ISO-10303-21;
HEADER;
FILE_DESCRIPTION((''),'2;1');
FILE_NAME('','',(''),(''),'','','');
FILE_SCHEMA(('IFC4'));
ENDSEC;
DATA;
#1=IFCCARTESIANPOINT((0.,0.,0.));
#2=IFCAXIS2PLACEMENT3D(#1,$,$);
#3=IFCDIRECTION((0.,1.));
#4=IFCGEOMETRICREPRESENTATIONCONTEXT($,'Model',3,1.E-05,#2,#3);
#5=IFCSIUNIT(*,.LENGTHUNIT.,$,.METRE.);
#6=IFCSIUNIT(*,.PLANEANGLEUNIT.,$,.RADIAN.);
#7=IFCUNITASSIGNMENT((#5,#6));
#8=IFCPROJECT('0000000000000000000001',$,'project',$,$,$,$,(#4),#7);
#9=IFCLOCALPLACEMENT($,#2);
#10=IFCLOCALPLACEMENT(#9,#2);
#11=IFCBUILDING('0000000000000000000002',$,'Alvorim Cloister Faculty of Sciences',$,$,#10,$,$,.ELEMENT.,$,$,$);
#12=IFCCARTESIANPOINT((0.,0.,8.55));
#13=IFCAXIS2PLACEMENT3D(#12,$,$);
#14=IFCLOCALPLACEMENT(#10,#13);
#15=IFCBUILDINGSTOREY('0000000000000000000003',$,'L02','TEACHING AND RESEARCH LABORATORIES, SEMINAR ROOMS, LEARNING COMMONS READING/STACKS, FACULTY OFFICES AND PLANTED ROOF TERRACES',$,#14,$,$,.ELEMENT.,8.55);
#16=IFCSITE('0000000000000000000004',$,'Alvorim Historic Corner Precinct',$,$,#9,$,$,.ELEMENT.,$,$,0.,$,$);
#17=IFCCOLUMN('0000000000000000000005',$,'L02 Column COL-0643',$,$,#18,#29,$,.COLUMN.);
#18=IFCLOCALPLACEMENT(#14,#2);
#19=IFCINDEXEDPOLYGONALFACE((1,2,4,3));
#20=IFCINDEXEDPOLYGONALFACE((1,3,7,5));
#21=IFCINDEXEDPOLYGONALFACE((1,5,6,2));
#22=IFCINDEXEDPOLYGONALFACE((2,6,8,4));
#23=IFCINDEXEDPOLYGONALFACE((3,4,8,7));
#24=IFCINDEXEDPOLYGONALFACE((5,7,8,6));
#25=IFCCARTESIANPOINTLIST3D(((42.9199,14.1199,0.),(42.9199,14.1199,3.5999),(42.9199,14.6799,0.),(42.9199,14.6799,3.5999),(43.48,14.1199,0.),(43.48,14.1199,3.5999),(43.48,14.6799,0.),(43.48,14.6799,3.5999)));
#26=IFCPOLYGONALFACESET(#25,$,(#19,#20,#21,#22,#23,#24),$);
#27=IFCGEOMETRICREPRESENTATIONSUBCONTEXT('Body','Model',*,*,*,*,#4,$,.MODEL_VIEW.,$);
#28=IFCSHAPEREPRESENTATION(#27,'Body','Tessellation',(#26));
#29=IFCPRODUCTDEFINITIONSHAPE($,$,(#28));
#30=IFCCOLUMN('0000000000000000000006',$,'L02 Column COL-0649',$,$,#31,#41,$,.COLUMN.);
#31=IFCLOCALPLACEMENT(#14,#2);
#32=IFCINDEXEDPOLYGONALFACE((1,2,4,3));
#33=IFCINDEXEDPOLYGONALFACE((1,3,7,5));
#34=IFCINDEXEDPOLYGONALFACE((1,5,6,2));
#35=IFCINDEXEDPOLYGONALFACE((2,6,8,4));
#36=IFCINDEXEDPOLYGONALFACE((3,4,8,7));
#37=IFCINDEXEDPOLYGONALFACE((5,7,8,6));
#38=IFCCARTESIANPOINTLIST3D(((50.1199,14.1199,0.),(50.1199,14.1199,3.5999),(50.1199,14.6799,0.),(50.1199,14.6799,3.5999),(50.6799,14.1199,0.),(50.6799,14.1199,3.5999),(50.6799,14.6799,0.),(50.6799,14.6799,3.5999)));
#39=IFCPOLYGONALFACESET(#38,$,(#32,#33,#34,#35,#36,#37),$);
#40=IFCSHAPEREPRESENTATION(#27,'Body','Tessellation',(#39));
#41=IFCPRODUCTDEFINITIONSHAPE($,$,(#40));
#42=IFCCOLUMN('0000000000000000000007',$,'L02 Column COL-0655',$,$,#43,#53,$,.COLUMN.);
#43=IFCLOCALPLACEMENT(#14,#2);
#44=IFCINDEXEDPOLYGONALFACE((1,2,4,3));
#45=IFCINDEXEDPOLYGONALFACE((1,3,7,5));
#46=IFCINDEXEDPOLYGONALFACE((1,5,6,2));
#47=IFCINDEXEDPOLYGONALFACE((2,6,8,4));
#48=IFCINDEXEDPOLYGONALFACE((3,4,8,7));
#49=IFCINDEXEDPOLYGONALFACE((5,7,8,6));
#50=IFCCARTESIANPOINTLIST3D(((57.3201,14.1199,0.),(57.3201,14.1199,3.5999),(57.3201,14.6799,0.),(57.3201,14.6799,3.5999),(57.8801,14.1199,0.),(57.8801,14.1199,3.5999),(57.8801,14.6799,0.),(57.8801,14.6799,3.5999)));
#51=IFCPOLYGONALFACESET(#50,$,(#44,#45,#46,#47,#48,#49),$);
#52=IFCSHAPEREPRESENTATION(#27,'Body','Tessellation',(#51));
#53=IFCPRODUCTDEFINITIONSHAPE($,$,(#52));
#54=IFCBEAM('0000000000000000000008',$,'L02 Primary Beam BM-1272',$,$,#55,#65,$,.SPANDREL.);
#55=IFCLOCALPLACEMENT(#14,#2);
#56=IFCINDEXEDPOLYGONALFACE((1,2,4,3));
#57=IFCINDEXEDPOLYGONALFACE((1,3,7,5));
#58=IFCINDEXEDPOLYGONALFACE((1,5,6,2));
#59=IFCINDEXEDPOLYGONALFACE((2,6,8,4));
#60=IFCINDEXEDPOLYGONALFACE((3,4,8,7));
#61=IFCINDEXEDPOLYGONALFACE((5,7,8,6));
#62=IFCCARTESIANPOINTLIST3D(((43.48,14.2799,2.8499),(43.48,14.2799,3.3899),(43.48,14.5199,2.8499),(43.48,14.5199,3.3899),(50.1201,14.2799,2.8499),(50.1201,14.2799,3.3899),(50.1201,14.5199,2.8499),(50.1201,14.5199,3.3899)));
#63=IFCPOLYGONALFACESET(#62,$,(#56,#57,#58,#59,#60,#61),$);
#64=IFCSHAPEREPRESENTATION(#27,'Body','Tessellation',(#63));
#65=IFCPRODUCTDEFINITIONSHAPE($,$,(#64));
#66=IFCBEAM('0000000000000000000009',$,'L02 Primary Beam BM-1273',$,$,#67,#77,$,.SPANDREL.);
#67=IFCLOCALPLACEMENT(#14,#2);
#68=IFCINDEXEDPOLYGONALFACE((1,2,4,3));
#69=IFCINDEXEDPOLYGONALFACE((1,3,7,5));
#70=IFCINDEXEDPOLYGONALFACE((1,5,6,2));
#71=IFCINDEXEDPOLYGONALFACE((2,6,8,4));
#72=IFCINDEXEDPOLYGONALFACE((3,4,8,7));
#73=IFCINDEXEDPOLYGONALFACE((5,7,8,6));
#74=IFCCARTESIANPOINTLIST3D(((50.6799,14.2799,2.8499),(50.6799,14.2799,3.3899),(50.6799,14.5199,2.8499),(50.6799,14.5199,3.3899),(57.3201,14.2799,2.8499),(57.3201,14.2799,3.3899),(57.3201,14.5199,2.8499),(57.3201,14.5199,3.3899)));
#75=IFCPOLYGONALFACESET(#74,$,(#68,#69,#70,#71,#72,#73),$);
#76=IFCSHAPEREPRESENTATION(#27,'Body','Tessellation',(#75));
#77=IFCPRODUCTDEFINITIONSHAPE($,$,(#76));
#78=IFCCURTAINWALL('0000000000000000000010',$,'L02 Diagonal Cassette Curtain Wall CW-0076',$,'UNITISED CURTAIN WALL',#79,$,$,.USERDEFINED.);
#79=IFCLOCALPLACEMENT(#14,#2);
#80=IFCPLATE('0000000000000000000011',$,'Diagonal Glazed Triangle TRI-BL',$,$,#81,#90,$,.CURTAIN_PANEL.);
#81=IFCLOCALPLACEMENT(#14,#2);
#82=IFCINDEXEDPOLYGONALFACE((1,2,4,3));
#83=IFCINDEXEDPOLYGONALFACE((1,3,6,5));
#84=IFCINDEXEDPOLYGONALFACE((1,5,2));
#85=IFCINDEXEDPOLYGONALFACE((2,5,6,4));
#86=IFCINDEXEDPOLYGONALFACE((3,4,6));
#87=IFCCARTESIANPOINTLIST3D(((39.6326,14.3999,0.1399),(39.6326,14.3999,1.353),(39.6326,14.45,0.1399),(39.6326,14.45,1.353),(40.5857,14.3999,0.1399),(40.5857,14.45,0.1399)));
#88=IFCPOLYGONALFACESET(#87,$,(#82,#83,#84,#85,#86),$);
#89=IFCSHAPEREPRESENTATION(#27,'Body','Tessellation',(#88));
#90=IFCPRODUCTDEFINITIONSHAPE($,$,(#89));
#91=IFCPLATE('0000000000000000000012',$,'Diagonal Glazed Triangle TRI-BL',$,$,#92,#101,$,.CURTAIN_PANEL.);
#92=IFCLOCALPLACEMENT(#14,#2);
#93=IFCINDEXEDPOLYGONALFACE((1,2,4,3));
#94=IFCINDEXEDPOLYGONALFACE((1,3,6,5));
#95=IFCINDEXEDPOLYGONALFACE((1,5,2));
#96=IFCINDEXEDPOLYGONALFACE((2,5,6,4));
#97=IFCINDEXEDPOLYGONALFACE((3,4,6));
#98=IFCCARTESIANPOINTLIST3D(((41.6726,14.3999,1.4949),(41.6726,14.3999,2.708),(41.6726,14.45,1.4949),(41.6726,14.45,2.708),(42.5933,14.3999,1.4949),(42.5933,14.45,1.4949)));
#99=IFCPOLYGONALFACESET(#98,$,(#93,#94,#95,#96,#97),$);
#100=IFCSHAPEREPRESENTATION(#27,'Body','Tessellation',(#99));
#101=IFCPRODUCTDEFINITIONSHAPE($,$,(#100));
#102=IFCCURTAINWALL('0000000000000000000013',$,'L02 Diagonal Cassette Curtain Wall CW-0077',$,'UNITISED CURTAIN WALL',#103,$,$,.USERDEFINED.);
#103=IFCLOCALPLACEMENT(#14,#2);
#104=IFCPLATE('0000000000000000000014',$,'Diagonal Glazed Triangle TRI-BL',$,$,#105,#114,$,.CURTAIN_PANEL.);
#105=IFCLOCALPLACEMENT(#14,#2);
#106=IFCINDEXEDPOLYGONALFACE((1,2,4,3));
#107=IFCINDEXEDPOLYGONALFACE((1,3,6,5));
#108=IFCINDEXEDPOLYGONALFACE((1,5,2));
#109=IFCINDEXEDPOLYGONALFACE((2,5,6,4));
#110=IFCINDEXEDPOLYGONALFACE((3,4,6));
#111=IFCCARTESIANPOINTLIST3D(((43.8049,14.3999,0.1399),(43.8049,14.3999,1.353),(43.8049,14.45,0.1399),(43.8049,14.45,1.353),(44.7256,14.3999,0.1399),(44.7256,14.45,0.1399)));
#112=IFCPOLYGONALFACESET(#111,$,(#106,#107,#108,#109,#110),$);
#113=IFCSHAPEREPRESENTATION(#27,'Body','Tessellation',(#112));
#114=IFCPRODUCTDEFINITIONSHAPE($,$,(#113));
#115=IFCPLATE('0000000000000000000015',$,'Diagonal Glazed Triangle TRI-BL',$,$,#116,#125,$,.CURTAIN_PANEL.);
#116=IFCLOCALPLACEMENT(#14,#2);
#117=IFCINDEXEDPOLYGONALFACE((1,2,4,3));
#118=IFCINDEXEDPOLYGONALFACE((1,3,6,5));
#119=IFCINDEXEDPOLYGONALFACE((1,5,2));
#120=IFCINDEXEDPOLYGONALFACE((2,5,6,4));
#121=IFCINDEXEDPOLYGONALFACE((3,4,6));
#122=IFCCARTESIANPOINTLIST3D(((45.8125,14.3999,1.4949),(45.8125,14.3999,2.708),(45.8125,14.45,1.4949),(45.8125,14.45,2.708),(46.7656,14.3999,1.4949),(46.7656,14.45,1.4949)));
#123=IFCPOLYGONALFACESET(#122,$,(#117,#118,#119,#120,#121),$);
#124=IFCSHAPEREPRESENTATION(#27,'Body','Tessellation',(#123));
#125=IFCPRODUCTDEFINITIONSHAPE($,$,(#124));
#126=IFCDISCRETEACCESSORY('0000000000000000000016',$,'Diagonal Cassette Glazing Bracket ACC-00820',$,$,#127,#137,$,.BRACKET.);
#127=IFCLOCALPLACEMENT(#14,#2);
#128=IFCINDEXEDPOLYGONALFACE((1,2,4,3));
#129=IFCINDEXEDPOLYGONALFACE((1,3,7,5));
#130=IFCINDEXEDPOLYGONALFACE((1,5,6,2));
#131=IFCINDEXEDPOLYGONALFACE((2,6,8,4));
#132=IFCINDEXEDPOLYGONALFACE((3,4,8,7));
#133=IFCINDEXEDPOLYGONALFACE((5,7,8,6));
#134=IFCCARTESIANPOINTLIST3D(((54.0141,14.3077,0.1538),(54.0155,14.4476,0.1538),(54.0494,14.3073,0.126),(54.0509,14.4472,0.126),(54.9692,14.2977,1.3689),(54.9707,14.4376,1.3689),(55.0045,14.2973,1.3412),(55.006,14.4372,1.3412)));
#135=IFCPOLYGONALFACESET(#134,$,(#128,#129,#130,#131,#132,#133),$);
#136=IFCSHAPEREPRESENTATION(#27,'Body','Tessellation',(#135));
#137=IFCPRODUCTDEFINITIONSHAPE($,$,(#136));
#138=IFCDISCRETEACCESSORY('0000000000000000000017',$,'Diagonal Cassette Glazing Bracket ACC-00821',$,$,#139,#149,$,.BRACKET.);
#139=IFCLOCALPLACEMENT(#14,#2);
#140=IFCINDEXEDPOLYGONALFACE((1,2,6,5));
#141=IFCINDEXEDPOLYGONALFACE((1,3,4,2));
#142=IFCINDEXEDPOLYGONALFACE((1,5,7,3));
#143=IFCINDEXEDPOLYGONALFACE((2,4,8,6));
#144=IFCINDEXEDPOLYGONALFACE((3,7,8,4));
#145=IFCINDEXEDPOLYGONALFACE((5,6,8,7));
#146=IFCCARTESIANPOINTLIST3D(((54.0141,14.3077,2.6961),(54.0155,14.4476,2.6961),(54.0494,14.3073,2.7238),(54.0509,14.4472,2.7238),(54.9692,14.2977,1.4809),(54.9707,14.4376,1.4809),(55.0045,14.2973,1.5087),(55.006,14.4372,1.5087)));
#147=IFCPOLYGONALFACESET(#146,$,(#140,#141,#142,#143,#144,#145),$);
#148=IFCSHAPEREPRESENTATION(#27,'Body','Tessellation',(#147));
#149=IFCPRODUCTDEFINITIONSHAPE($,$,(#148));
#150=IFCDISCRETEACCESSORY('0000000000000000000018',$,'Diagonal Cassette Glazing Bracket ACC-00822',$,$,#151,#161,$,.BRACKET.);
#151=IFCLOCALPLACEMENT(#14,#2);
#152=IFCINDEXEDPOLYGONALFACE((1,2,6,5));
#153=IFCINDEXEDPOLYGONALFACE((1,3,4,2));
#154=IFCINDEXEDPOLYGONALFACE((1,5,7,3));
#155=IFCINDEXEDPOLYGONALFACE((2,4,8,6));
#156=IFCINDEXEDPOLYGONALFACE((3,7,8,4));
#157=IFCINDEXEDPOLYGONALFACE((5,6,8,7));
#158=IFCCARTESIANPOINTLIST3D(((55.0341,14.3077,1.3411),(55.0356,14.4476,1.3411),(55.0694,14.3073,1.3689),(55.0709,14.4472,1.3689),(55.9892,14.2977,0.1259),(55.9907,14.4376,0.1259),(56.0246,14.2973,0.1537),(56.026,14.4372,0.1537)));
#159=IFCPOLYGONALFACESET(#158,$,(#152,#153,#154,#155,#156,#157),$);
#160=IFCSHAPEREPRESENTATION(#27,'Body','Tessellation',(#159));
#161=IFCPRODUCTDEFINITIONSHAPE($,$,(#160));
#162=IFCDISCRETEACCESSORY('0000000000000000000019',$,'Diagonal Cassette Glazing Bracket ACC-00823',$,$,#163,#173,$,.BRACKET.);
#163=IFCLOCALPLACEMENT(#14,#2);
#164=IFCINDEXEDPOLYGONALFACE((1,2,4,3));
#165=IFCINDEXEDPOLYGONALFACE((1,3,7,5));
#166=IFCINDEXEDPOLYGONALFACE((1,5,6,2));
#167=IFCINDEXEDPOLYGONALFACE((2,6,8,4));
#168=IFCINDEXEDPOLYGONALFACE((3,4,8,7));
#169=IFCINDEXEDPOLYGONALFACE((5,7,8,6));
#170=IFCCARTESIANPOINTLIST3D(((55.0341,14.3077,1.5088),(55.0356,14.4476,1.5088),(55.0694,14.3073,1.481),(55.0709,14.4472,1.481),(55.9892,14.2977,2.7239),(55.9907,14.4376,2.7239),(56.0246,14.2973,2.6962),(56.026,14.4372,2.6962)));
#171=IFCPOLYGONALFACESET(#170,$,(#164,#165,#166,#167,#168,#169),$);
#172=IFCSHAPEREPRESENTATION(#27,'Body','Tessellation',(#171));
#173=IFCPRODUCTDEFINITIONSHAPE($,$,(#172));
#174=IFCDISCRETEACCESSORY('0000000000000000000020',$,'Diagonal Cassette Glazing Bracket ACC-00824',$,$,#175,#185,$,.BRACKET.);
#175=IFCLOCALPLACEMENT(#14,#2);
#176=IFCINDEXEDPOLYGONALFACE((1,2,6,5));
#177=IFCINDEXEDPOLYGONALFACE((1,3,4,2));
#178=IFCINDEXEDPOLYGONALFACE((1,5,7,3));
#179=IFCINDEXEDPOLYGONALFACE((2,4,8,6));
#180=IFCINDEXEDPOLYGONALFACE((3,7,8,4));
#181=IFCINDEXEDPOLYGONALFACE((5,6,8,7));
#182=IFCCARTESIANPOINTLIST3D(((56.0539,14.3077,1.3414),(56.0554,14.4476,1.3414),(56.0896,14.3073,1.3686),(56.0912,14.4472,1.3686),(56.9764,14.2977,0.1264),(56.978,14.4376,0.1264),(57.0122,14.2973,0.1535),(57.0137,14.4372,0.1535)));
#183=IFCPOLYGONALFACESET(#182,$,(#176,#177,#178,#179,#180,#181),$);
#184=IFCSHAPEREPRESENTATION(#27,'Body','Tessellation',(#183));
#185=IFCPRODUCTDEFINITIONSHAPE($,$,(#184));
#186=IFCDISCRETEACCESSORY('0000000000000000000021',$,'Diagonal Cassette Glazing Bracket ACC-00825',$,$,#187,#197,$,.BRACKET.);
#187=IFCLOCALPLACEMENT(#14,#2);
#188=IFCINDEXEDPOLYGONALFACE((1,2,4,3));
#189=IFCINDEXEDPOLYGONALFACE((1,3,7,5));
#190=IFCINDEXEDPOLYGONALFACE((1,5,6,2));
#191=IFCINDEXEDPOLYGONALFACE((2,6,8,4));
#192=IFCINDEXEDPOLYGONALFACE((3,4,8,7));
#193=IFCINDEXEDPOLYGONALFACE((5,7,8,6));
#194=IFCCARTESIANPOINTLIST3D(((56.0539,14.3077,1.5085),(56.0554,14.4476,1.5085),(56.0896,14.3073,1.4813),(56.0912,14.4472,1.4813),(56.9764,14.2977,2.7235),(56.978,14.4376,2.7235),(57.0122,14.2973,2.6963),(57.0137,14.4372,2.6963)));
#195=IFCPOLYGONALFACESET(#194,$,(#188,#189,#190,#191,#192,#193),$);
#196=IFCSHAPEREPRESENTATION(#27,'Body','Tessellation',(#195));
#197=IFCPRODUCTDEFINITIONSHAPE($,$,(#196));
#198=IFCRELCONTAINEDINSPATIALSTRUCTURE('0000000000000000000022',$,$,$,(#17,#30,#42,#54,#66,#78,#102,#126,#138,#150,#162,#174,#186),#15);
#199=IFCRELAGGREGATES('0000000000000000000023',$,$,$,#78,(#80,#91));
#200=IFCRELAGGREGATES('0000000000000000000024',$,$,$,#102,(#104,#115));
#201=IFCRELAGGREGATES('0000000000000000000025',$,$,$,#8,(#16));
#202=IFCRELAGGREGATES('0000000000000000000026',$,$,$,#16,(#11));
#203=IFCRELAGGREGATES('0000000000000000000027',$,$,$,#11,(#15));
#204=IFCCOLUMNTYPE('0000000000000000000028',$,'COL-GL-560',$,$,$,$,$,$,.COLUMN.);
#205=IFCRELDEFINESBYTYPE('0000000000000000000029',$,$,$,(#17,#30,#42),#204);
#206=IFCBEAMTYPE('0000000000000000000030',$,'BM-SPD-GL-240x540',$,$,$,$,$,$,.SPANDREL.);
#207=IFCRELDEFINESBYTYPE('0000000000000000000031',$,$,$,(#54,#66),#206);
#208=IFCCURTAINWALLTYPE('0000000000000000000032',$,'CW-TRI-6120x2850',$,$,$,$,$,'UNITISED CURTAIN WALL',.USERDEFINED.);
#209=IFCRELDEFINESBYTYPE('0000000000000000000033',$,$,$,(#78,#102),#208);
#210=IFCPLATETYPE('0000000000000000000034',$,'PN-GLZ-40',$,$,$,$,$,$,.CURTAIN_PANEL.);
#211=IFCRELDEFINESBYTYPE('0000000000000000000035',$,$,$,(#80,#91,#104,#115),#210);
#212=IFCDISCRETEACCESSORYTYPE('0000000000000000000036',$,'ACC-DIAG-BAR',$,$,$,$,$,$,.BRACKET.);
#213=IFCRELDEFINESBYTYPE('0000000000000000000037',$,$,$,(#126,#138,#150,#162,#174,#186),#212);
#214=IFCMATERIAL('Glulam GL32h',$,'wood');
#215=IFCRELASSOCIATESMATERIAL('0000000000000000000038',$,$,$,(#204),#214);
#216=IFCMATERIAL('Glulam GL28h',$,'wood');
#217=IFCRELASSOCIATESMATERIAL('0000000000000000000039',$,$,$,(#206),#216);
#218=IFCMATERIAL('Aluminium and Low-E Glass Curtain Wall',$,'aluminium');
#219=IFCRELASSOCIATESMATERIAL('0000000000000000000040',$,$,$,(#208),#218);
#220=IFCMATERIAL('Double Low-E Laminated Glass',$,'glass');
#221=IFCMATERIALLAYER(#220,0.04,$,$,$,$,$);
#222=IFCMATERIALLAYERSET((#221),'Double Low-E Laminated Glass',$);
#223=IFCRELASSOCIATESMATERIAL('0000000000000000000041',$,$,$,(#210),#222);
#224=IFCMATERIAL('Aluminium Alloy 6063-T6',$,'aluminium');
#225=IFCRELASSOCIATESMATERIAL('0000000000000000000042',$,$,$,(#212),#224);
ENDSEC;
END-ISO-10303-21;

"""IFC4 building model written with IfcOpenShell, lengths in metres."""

from ifc_helpers import new_model, si_unit, direction, frame, origin, origin_2d, place, context, subcontext, project, spatial, polyline, rectangle, outline, extrude, material, layer, layer_set, material_profile, profile_set, type_object, element, aggregate, save


model = new_model("IFC4")

# Units and contexts
model_context = context("Model", 3, precision=1e-05, world=origin(), true_north=direction((0.0, 1.0)))
body_context = subcontext(model_context, "Body", "Model", "MODEL_VIEW")
ifc_project = project(units=[si_unit("LENGTHUNIT", "METRE"), si_unit("PLANEANGLEUNIT", "RADIAN")], contexts=[model_context])

# Site, building, storey
site_placement = place(None, origin())
site = spatial("IfcSite", under=ifc_project, at=site_placement, Name="Alvorim Historic Corner Precinct", CompositionType="ELEMENT", RefElevation=0.0)
building_placement = place(site_placement, origin())
building = spatial("IfcBuilding", under=site, at=building_placement, Name="Alvorim Cloister Faculty of Sciences", CompositionType="ELEMENT")
storey_placement = place(building_placement, frame((0.0, 0.0, 8.55)))
storey = spatial("IfcBuildingStorey", under=building, at=storey_placement, Name="L02", Description="TEACHING AND RESEARCH LABORATORIES, SEMINAR ROOMS, LEARNING COMMONS READING/STACKS, FACULTY OFFICES AND PLANTED ROOF TERRACES", CompositionType="ELEMENT", Elevation=8.55)

# Columns
ifc_material_1 = material(Name="Glulam GL32h", Category="wood")
ifc_material_profile_1 = material_profile(ifc_material_1, rectangle(XDim=0.5601, YDim=0.5601, at=origin_2d()), Name="GL32-COL-560x560")
ifc_profile_set_1 = profile_set([ifc_material_profile_1], Name="Glulam GL32h")
column_type = type_object("IfcColumnType", Name="COL-GL-560", PredefinedType="COLUMN", material=ifc_profile_set_1)
for number, where, z_axis, x_axis, name in (
    (1, (43.2, 14.3999, 0.0), (0.0, 0.0, 1.0), (1.0, 0.0, 0.0), "L02 Column COL-0643"),
    (2, (50.3999, 14.3999, 0.0), (0.0, 0.0, 1.0), (1.0, 0.0, 0.0), "L02 Column COL-0649"),
    (3, (57.6001, 14.3999, 0.0), (0.0, 0.0, 1.0), (1.0, 0.0, 0.0), "L02 Column COL-0655"),
):
    element("IfcColumn", number, at=place(storey_placement, frame(where, z_axis=z_axis, x_axis=x_axis)), inside=storey, type_object=column_type, Name=name, PredefinedType="COLUMN", context=body_context, shape_type="SweptSolid", body=[
        extrude(rectangle(XDim=0.5601, YDim=0.5601, at=origin_2d()), origin(), (0.0, 0.0, 1.0), 3.5999),
    ])

# Beams
ifc_material_2 = material(Name="Glulam GL28h", Category="wood")
ifc_material_profile_2 = material_profile(ifc_material_2, rectangle(XDim=0.24, YDim=0.54, at=origin_2d()), Name="GL28-SPD-240x540")
ifc_profile_set_2 = profile_set([ifc_material_profile_2], Name="Glulam GL28h")
beam_type = type_object("IfcBeamType", Name="BM-SPD-GL-240x540", PredefinedType="SPANDREL", material=ifc_profile_set_2)
for number, where, z_axis, x_axis, name in (
    (4, (43.48, 14.3999, 3.1199), (1.0, 0.0, 0.0), (0.0, 1.0, 0.0), "L02 Primary Beam BM-1272"),
    (5, (50.6799, 14.3999, 3.1199), (1.0, 0.0, 0.0), (0.0, 1.0, 0.0), "L02 Primary Beam BM-1273"),
):
    element("IfcBeam", number, at=place(storey_placement, frame(where, z_axis=z_axis, x_axis=x_axis)), inside=storey, type_object=beam_type, Name=name, PredefinedType="SPANDREL", context=body_context, shape_type="SweptSolid", body=[
        extrude(rectangle(XDim=0.24, YDim=0.54, at=origin_2d()), origin(), (0.0, 0.0, 1.0), 6.6401),
    ])

# Curtain walls, plates
ifc_material_3 = material(Name="Aluminium and Low-E Glass Curtain Wall", Category="aluminium")
curtain_wall_type = type_object("IfcCurtainWallType", Name="CW-TRI-6120x2850", ElementType="UNITISED CURTAIN WALL", PredefinedType="USERDEFINED", material=ifc_material_3)
curtain_wall_1_placement = place(storey_placement, origin())
curtain_wall_1 = element("IfcCurtainWall", 6, at=curtain_wall_1_placement, inside=storey, type_object=curtain_wall_type, Name="L02 Diagonal Cassette Curtain Wall CW-0076", ObjectType="UNITISED CURTAIN WALL", PredefinedType="USERDEFINED")
ifc_material_4 = material(Name="Double Low-E Laminated Glass", Category="glass")
ifc_layer = layer(ifc_material_4, 0.04)
ifc_layer_set = layer_set([ifc_layer], Name="Double Low-E Laminated Glass")
plate_type = type_object("IfcPlateType", Name="PN-GLZ-40", PredefinedType="CURTAIN_PANEL", material=ifc_layer_set)
plate_1_placement = place(storey_placement, frame((39.6326, 14.425, 0.1399), z_axis=(0.0, 0.0, 1.0), x_axis=(1.0, 0.0, 0.0)))
plate_1 = element("IfcPlate", 7, at=plate_1_placement, type_object=plate_type, Name="Diagonal Glazed Triangle TRI-BL", PredefinedType="CURTAIN_PANEL", context=body_context, shape_type="SweptSolid", body=[
    extrude(outline(polyline([(0.0, 0.0), (0.9531, 0.0), (0.0, 1.2131), (0.0, 0.0)])), frame((0.0, 0.0249, 0.0), z_axis=(0.0, -1.0, 0.0), x_axis=(1.0, 0.0, 0.0)), (0.0, 0.0, 1.0), 0.05),
])
plate_2_placement = place(storey_placement, frame((41.6726, 14.425, 1.4949), z_axis=(0.0, 0.0, 1.0), x_axis=(1.0, 0.0, 0.0)))
plate_2 = element("IfcPlate", 8, at=plate_2_placement, type_object=plate_type, Name="Diagonal Glazed Triangle TRI-BL", PredefinedType="CURTAIN_PANEL", context=body_context, shape_type="SweptSolid", body=[
    extrude(outline(polyline([(0.0, 0.0), (0.9207, 0.0), (0.0, 1.2131), (0.0, 0.0)])), frame((0.0, 0.0249, 0.0), z_axis=(0.0, -1.0, 0.0), x_axis=(1.0, 0.0, 0.0)), (0.0, 0.0, 1.0), 0.05),
])
aggregate(curtain_wall_1, [plate_1, plate_2])
curtain_wall_2_placement = place(storey_placement, origin())
curtain_wall_2 = element("IfcCurtainWall", 9, at=curtain_wall_2_placement, inside=storey, type_object=curtain_wall_type, Name="L02 Diagonal Cassette Curtain Wall CW-0077", ObjectType="UNITISED CURTAIN WALL", PredefinedType="USERDEFINED")
plate_3_placement = place(storey_placement, frame((43.8049, 14.425, 0.1399), z_axis=(0.0, 0.0, 1.0), x_axis=(1.0, 0.0, 0.0)))
plate_3 = element("IfcPlate", 10, at=plate_3_placement, type_object=plate_type, Name="Diagonal Glazed Triangle TRI-BL", PredefinedType="CURTAIN_PANEL", context=body_context, shape_type="SweptSolid", body=[
    extrude(outline(polyline([(0.0, 0.0), (0.9207, 0.0), (0.0, 1.2131), (0.0, 0.0)])), frame((0.0, 0.0249, 0.0), z_axis=(0.0, -1.0, 0.0), x_axis=(1.0, 0.0, 0.0)), (0.0, 0.0, 1.0), 0.05),
])
plate_4_placement = place(storey_placement, frame((45.8125, 14.425, 1.4949), z_axis=(0.0, 0.0, 1.0), x_axis=(1.0, 0.0, 0.0)))
plate_4 = element("IfcPlate", 11, at=plate_4_placement, type_object=plate_type, Name="Diagonal Glazed Triangle TRI-BL", PredefinedType="CURTAIN_PANEL", context=body_context, shape_type="SweptSolid", body=[
    extrude(outline(polyline([(0.0, 0.0), (0.9531, 0.0), (0.0, 1.2131), (0.0, 0.0)])), frame((0.0, 0.0249, 0.0), z_axis=(0.0, -1.0, 0.0), x_axis=(1.0, 0.0, 0.0)), (0.0, 0.0, 1.0), 0.05),
])
aggregate(curtain_wall_2, [plate_3, plate_4])

# Discrete accessories
ifc_material_5 = material(Name="Aluminium Alloy 6063-T6", Category="aluminium")
discrete_accessory_type = type_object("IfcDiscreteAccessoryType", Name="ACC-DIAG-BAR", PredefinedType="BRACKET", material=ifc_material_5)
for number, where, z_axis, x_axis, name in (
    (12, (54.0325, 14.3774, 0.1399), (0.617955, -0.006477, 0.786187), (0.01048, 0.999945, 0.0), "Diagonal Cassette Glazing Bracket ACC-00820"),
    (13, (54.0325, 14.3774, 2.71), (0.617955, -0.006477, -0.786187), (0.01048, 0.999945, 0.0), "Diagonal Cassette Glazing Bracket ACC-00821"),
    (14, (55.0525, 14.3774, 1.355), (0.617955, -0.006477, -0.786187), (0.01048, 0.999945, 0.0), "Diagonal Cassette Glazing Bracket ACC-00822"),
    (15, (55.0525, 14.3774, 1.4949), (0.617955, -0.006477, 0.786187), (0.01048, 0.999945, 0.0), "Diagonal Cassette Glazing Bracket ACC-00823"),
):
    element("IfcDiscreteAccessory", number, at=place(storey_placement, frame(where, z_axis=z_axis, x_axis=x_axis)), inside=storey, type_object=discrete_accessory_type, Name=name, PredefinedType="BRACKET", context=body_context, shape_type="SweptSolid", body=[
        extrude(rectangle(XDim=0.1399, YDim=0.0449, at=origin_2d()), origin(), (0.0, 0.0, 1.0), 1.5457),
    ])
for number, where, z_axis, x_axis, name in (
    (16, (56.0725, 14.3774, 1.355), (0.604713, -0.006561, -0.796416), (0.010849, 0.999941, 0.0), "Diagonal Cassette Glazing Bracket ACC-00824"),
    (17, (56.0725, 14.3774, 1.4949), (0.604713, -0.006561, 0.796416), (0.010849, 0.999941, 0.0), "Diagonal Cassette Glazing Bracket ACC-00825"),
):
    element("IfcDiscreteAccessory", number, at=place(storey_placement, frame(where, z_axis=z_axis, x_axis=x_axis)), inside=storey, type_object=discrete_accessory_type, Name=name, PredefinedType="BRACKET", context=body_context, shape_type="SweptSolid", body=[
        extrude(rectangle(XDim=0.1399, YDim=0.0449, at=origin_2d()), origin(), (0.0, 0.0, 1.0), 1.5256),
    ])

save(model, "model.ifc")
